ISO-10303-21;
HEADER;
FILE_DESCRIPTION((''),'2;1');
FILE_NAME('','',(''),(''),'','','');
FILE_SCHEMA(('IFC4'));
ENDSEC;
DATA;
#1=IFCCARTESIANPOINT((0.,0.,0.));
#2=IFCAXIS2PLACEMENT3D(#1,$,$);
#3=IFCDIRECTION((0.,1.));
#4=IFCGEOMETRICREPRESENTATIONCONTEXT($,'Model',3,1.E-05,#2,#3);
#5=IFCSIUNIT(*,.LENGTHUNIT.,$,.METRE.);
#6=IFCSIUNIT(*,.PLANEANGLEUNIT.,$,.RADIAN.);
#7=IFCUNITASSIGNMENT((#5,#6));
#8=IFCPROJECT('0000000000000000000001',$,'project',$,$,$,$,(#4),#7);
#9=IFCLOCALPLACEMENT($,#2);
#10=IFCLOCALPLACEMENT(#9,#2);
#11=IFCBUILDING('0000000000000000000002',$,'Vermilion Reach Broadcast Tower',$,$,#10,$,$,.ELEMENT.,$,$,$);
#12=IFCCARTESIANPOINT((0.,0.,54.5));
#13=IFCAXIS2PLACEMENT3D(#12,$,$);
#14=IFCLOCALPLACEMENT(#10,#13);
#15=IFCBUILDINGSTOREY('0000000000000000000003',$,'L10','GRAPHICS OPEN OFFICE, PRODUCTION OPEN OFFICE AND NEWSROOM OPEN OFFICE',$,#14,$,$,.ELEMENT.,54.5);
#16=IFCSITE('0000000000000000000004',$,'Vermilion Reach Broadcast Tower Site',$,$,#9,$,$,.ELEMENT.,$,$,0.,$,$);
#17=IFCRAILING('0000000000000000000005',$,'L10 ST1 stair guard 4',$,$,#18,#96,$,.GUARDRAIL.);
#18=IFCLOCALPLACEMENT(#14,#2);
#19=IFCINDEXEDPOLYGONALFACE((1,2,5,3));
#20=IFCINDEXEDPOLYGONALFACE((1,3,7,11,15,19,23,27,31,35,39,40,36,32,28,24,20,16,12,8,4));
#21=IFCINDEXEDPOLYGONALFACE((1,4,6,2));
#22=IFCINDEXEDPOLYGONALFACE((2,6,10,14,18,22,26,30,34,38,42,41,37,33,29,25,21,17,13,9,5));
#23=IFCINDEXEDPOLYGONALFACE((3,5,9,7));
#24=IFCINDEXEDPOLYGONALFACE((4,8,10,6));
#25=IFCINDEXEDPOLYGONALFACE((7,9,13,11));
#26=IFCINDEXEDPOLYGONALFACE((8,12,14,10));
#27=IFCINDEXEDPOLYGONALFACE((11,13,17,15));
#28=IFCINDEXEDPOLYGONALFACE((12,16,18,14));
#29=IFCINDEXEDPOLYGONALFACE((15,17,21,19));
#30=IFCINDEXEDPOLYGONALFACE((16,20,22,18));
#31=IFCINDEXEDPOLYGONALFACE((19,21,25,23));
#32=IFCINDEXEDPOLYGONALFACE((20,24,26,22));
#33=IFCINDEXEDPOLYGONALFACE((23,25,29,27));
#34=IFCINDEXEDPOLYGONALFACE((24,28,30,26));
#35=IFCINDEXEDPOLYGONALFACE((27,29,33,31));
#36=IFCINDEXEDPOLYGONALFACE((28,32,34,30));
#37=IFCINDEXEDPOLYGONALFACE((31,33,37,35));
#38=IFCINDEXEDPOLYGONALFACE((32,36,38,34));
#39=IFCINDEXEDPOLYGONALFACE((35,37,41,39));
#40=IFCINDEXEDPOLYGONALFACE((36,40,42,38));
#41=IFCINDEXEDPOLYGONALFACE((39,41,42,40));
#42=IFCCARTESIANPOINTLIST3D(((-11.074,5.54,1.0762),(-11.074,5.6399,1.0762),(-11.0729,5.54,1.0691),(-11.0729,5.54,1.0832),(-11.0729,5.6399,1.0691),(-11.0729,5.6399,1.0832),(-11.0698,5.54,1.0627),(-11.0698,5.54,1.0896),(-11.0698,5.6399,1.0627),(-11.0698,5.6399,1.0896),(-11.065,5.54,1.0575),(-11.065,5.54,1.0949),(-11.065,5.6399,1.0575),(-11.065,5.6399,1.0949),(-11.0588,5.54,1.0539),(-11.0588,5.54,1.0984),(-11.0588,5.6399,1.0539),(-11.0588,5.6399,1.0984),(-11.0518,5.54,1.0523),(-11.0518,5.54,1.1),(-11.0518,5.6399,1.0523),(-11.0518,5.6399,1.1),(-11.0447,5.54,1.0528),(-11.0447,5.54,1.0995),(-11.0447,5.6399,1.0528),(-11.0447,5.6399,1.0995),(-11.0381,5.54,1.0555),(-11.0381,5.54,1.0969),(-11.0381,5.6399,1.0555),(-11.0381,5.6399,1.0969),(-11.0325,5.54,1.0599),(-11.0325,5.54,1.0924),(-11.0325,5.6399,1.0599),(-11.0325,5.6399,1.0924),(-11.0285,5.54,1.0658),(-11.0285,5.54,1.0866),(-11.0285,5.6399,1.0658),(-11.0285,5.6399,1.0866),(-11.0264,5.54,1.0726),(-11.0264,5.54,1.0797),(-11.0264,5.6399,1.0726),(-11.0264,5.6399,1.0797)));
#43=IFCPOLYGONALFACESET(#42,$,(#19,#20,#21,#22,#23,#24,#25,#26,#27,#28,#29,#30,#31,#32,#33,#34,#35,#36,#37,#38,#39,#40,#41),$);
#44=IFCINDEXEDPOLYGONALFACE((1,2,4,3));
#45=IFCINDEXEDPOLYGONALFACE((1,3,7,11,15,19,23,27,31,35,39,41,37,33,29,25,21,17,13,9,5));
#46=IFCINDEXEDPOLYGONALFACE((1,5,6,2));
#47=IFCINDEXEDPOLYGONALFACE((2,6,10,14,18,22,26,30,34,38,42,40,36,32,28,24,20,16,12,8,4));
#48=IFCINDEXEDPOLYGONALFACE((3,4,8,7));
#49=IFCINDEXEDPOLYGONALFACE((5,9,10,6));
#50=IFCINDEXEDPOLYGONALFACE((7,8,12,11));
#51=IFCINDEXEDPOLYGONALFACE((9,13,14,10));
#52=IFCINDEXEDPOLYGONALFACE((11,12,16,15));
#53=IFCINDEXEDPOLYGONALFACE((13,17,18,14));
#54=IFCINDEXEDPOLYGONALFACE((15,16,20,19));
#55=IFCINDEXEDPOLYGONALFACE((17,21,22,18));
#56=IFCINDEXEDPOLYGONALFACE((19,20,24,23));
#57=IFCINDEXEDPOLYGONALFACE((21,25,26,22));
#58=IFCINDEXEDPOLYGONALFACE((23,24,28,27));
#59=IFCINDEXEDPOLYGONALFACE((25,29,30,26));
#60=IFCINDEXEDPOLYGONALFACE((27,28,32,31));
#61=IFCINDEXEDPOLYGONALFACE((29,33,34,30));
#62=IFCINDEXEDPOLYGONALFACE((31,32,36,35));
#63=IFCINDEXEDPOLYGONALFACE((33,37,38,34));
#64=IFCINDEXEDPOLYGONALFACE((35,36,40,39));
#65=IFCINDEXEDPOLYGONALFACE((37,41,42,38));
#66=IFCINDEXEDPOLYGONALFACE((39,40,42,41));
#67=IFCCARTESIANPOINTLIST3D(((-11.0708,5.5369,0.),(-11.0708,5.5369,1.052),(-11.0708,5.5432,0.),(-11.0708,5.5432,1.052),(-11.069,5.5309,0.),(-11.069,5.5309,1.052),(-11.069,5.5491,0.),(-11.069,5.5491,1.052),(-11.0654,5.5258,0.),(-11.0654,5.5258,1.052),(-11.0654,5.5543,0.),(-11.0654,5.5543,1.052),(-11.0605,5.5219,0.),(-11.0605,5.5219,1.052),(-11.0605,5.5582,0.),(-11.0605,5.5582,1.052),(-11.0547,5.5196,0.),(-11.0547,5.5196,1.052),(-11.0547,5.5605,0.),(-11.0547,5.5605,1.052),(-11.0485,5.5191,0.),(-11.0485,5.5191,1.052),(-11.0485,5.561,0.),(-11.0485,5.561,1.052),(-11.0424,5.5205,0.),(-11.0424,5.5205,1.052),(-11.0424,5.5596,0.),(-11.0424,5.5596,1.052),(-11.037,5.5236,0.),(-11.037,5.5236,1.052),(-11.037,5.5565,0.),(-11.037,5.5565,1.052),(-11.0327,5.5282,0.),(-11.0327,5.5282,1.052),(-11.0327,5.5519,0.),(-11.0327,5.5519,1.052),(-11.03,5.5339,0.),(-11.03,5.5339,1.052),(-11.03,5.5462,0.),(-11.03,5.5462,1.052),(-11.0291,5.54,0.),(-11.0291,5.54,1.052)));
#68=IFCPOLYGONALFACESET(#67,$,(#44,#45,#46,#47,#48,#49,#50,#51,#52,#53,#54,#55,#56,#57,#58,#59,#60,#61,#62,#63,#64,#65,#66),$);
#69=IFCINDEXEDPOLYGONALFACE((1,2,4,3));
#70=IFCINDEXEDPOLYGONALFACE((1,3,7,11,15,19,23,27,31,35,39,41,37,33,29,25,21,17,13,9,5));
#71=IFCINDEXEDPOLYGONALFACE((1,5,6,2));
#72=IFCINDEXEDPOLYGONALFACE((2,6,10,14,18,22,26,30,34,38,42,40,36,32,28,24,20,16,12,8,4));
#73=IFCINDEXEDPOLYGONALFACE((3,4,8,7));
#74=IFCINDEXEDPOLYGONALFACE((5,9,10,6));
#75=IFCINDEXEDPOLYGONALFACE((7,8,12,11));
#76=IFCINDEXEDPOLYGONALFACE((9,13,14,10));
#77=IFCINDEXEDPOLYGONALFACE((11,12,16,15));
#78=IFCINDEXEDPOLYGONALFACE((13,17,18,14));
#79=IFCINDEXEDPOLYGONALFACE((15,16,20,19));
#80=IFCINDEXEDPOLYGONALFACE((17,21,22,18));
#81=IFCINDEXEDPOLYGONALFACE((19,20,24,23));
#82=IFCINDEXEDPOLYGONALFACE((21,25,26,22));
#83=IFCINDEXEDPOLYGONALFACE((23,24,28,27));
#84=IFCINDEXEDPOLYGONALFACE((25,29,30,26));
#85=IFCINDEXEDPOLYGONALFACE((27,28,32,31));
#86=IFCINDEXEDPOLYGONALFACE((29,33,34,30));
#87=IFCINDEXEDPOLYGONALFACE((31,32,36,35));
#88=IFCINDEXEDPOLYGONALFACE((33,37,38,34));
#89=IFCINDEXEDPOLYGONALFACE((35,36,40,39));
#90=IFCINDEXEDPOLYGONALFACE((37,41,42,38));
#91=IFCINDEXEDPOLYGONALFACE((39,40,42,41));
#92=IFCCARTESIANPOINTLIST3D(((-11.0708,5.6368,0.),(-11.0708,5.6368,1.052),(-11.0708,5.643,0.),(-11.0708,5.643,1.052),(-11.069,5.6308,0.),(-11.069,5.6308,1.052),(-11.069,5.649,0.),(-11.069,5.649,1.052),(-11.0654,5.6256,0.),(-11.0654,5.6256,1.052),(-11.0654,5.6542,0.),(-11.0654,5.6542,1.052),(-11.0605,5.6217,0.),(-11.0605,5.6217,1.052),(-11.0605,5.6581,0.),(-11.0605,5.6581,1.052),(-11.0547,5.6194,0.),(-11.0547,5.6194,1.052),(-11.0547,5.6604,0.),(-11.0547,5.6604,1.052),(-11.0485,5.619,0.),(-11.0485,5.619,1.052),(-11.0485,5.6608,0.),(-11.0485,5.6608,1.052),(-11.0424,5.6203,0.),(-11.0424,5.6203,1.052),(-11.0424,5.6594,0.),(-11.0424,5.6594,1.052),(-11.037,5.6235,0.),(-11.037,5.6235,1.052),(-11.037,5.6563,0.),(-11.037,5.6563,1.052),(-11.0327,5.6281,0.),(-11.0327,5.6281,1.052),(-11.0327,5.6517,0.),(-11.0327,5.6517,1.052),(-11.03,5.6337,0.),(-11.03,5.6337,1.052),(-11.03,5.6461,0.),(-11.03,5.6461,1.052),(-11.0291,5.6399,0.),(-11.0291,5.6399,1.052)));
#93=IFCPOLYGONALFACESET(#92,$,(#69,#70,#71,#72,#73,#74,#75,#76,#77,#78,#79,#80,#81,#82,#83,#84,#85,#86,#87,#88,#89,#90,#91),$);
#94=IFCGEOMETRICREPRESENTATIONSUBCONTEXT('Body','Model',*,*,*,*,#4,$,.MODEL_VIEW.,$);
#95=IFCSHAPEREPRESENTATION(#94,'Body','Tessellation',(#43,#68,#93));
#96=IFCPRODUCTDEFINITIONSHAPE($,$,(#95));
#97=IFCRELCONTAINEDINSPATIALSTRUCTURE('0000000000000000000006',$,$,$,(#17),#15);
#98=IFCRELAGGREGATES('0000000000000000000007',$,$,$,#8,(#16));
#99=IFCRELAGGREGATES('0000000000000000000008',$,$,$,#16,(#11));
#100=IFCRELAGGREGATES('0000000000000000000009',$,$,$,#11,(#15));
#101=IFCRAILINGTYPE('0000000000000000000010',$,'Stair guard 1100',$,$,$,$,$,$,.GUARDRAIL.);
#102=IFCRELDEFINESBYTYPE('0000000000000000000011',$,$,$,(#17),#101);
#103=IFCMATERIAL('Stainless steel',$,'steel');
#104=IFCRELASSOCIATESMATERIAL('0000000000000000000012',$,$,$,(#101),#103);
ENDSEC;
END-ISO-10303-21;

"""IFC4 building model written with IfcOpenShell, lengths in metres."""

from ifc_helpers import new_model, si_unit, direction, frame, origin, origin_2d, place, context, subcontext, project, spatial, circle, extrude, material, type_object, element, save


model = new_model("IFC4")

# Units and contexts
model_context = context("Model", 3, precision=1e-05, world=origin(), true_north=direction((0.0, 1.0)))
body_context = subcontext(model_context, "Body", "Model", "MODEL_VIEW")
ifc_project = project(units=[si_unit("LENGTHUNIT", "METRE"), si_unit("PLANEANGLEUNIT", "RADIAN")], contexts=[model_context])

# Site, building, storey
site_placement = place(None, origin())
site = spatial("IfcSite", under=ifc_project, at=site_placement, Name="Vermilion Reach Broadcast Tower Site", CompositionType="ELEMENT", RefElevation=0.0)
building_placement = place(site_placement, origin())
building = spatial("IfcBuilding", under=site, at=building_placement, Name="Vermilion Reach Broadcast Tower", CompositionType="ELEMENT")
storey_placement = place(building_placement, frame((0.0, 0.0, 54.5)))
storey = spatial("IfcBuildingStorey", under=building, at=storey_placement, Name="L10", Description="GRAPHICS OPEN OFFICE, PRODUCTION OPEN OFFICE AND NEWSROOM OPEN OFFICE", CompositionType="ELEMENT", Elevation=54.5)

# Railing
ifc_material_1 = material(Name="Stainless steel", Category="steel")
railing_type_1 = type_object("IfcRailingType", Name="Stair guard 1100", PredefinedType="GUARDRAIL", material=ifc_material_1)
railing_1_placement = place(storey_placement, frame((-11.05, 5.54, 0.0)))
element("IfcRailing", 1, at=railing_1_placement, inside=storey, type_object=railing_type_1, Name="L10 ST1 stair guard 4", PredefinedType="GUARDRAIL", context=body_context, shape_type="SweptSolid", body=[
    extrude(circle(Radius=0.0239, at=origin_2d()), frame((0.0, 0.0, 1.0762), z_axis=(0.0, 1.0, 0.0), x_axis=(-1.0, 0.0, 0.0)), (0.0, 0.0, 1.0), 0.0999),
    extrude(circle(Radius=0.021, at=origin_2d()), origin(), (0.0, 0.0, 1.0), 1.052),
    extrude(circle(Radius=0.021, at=origin_2d()), frame((0.0, 0.0999, 0.0)), (0.0, 0.0, 1.0), 1.052),
])

save(model, "model.ifc")
